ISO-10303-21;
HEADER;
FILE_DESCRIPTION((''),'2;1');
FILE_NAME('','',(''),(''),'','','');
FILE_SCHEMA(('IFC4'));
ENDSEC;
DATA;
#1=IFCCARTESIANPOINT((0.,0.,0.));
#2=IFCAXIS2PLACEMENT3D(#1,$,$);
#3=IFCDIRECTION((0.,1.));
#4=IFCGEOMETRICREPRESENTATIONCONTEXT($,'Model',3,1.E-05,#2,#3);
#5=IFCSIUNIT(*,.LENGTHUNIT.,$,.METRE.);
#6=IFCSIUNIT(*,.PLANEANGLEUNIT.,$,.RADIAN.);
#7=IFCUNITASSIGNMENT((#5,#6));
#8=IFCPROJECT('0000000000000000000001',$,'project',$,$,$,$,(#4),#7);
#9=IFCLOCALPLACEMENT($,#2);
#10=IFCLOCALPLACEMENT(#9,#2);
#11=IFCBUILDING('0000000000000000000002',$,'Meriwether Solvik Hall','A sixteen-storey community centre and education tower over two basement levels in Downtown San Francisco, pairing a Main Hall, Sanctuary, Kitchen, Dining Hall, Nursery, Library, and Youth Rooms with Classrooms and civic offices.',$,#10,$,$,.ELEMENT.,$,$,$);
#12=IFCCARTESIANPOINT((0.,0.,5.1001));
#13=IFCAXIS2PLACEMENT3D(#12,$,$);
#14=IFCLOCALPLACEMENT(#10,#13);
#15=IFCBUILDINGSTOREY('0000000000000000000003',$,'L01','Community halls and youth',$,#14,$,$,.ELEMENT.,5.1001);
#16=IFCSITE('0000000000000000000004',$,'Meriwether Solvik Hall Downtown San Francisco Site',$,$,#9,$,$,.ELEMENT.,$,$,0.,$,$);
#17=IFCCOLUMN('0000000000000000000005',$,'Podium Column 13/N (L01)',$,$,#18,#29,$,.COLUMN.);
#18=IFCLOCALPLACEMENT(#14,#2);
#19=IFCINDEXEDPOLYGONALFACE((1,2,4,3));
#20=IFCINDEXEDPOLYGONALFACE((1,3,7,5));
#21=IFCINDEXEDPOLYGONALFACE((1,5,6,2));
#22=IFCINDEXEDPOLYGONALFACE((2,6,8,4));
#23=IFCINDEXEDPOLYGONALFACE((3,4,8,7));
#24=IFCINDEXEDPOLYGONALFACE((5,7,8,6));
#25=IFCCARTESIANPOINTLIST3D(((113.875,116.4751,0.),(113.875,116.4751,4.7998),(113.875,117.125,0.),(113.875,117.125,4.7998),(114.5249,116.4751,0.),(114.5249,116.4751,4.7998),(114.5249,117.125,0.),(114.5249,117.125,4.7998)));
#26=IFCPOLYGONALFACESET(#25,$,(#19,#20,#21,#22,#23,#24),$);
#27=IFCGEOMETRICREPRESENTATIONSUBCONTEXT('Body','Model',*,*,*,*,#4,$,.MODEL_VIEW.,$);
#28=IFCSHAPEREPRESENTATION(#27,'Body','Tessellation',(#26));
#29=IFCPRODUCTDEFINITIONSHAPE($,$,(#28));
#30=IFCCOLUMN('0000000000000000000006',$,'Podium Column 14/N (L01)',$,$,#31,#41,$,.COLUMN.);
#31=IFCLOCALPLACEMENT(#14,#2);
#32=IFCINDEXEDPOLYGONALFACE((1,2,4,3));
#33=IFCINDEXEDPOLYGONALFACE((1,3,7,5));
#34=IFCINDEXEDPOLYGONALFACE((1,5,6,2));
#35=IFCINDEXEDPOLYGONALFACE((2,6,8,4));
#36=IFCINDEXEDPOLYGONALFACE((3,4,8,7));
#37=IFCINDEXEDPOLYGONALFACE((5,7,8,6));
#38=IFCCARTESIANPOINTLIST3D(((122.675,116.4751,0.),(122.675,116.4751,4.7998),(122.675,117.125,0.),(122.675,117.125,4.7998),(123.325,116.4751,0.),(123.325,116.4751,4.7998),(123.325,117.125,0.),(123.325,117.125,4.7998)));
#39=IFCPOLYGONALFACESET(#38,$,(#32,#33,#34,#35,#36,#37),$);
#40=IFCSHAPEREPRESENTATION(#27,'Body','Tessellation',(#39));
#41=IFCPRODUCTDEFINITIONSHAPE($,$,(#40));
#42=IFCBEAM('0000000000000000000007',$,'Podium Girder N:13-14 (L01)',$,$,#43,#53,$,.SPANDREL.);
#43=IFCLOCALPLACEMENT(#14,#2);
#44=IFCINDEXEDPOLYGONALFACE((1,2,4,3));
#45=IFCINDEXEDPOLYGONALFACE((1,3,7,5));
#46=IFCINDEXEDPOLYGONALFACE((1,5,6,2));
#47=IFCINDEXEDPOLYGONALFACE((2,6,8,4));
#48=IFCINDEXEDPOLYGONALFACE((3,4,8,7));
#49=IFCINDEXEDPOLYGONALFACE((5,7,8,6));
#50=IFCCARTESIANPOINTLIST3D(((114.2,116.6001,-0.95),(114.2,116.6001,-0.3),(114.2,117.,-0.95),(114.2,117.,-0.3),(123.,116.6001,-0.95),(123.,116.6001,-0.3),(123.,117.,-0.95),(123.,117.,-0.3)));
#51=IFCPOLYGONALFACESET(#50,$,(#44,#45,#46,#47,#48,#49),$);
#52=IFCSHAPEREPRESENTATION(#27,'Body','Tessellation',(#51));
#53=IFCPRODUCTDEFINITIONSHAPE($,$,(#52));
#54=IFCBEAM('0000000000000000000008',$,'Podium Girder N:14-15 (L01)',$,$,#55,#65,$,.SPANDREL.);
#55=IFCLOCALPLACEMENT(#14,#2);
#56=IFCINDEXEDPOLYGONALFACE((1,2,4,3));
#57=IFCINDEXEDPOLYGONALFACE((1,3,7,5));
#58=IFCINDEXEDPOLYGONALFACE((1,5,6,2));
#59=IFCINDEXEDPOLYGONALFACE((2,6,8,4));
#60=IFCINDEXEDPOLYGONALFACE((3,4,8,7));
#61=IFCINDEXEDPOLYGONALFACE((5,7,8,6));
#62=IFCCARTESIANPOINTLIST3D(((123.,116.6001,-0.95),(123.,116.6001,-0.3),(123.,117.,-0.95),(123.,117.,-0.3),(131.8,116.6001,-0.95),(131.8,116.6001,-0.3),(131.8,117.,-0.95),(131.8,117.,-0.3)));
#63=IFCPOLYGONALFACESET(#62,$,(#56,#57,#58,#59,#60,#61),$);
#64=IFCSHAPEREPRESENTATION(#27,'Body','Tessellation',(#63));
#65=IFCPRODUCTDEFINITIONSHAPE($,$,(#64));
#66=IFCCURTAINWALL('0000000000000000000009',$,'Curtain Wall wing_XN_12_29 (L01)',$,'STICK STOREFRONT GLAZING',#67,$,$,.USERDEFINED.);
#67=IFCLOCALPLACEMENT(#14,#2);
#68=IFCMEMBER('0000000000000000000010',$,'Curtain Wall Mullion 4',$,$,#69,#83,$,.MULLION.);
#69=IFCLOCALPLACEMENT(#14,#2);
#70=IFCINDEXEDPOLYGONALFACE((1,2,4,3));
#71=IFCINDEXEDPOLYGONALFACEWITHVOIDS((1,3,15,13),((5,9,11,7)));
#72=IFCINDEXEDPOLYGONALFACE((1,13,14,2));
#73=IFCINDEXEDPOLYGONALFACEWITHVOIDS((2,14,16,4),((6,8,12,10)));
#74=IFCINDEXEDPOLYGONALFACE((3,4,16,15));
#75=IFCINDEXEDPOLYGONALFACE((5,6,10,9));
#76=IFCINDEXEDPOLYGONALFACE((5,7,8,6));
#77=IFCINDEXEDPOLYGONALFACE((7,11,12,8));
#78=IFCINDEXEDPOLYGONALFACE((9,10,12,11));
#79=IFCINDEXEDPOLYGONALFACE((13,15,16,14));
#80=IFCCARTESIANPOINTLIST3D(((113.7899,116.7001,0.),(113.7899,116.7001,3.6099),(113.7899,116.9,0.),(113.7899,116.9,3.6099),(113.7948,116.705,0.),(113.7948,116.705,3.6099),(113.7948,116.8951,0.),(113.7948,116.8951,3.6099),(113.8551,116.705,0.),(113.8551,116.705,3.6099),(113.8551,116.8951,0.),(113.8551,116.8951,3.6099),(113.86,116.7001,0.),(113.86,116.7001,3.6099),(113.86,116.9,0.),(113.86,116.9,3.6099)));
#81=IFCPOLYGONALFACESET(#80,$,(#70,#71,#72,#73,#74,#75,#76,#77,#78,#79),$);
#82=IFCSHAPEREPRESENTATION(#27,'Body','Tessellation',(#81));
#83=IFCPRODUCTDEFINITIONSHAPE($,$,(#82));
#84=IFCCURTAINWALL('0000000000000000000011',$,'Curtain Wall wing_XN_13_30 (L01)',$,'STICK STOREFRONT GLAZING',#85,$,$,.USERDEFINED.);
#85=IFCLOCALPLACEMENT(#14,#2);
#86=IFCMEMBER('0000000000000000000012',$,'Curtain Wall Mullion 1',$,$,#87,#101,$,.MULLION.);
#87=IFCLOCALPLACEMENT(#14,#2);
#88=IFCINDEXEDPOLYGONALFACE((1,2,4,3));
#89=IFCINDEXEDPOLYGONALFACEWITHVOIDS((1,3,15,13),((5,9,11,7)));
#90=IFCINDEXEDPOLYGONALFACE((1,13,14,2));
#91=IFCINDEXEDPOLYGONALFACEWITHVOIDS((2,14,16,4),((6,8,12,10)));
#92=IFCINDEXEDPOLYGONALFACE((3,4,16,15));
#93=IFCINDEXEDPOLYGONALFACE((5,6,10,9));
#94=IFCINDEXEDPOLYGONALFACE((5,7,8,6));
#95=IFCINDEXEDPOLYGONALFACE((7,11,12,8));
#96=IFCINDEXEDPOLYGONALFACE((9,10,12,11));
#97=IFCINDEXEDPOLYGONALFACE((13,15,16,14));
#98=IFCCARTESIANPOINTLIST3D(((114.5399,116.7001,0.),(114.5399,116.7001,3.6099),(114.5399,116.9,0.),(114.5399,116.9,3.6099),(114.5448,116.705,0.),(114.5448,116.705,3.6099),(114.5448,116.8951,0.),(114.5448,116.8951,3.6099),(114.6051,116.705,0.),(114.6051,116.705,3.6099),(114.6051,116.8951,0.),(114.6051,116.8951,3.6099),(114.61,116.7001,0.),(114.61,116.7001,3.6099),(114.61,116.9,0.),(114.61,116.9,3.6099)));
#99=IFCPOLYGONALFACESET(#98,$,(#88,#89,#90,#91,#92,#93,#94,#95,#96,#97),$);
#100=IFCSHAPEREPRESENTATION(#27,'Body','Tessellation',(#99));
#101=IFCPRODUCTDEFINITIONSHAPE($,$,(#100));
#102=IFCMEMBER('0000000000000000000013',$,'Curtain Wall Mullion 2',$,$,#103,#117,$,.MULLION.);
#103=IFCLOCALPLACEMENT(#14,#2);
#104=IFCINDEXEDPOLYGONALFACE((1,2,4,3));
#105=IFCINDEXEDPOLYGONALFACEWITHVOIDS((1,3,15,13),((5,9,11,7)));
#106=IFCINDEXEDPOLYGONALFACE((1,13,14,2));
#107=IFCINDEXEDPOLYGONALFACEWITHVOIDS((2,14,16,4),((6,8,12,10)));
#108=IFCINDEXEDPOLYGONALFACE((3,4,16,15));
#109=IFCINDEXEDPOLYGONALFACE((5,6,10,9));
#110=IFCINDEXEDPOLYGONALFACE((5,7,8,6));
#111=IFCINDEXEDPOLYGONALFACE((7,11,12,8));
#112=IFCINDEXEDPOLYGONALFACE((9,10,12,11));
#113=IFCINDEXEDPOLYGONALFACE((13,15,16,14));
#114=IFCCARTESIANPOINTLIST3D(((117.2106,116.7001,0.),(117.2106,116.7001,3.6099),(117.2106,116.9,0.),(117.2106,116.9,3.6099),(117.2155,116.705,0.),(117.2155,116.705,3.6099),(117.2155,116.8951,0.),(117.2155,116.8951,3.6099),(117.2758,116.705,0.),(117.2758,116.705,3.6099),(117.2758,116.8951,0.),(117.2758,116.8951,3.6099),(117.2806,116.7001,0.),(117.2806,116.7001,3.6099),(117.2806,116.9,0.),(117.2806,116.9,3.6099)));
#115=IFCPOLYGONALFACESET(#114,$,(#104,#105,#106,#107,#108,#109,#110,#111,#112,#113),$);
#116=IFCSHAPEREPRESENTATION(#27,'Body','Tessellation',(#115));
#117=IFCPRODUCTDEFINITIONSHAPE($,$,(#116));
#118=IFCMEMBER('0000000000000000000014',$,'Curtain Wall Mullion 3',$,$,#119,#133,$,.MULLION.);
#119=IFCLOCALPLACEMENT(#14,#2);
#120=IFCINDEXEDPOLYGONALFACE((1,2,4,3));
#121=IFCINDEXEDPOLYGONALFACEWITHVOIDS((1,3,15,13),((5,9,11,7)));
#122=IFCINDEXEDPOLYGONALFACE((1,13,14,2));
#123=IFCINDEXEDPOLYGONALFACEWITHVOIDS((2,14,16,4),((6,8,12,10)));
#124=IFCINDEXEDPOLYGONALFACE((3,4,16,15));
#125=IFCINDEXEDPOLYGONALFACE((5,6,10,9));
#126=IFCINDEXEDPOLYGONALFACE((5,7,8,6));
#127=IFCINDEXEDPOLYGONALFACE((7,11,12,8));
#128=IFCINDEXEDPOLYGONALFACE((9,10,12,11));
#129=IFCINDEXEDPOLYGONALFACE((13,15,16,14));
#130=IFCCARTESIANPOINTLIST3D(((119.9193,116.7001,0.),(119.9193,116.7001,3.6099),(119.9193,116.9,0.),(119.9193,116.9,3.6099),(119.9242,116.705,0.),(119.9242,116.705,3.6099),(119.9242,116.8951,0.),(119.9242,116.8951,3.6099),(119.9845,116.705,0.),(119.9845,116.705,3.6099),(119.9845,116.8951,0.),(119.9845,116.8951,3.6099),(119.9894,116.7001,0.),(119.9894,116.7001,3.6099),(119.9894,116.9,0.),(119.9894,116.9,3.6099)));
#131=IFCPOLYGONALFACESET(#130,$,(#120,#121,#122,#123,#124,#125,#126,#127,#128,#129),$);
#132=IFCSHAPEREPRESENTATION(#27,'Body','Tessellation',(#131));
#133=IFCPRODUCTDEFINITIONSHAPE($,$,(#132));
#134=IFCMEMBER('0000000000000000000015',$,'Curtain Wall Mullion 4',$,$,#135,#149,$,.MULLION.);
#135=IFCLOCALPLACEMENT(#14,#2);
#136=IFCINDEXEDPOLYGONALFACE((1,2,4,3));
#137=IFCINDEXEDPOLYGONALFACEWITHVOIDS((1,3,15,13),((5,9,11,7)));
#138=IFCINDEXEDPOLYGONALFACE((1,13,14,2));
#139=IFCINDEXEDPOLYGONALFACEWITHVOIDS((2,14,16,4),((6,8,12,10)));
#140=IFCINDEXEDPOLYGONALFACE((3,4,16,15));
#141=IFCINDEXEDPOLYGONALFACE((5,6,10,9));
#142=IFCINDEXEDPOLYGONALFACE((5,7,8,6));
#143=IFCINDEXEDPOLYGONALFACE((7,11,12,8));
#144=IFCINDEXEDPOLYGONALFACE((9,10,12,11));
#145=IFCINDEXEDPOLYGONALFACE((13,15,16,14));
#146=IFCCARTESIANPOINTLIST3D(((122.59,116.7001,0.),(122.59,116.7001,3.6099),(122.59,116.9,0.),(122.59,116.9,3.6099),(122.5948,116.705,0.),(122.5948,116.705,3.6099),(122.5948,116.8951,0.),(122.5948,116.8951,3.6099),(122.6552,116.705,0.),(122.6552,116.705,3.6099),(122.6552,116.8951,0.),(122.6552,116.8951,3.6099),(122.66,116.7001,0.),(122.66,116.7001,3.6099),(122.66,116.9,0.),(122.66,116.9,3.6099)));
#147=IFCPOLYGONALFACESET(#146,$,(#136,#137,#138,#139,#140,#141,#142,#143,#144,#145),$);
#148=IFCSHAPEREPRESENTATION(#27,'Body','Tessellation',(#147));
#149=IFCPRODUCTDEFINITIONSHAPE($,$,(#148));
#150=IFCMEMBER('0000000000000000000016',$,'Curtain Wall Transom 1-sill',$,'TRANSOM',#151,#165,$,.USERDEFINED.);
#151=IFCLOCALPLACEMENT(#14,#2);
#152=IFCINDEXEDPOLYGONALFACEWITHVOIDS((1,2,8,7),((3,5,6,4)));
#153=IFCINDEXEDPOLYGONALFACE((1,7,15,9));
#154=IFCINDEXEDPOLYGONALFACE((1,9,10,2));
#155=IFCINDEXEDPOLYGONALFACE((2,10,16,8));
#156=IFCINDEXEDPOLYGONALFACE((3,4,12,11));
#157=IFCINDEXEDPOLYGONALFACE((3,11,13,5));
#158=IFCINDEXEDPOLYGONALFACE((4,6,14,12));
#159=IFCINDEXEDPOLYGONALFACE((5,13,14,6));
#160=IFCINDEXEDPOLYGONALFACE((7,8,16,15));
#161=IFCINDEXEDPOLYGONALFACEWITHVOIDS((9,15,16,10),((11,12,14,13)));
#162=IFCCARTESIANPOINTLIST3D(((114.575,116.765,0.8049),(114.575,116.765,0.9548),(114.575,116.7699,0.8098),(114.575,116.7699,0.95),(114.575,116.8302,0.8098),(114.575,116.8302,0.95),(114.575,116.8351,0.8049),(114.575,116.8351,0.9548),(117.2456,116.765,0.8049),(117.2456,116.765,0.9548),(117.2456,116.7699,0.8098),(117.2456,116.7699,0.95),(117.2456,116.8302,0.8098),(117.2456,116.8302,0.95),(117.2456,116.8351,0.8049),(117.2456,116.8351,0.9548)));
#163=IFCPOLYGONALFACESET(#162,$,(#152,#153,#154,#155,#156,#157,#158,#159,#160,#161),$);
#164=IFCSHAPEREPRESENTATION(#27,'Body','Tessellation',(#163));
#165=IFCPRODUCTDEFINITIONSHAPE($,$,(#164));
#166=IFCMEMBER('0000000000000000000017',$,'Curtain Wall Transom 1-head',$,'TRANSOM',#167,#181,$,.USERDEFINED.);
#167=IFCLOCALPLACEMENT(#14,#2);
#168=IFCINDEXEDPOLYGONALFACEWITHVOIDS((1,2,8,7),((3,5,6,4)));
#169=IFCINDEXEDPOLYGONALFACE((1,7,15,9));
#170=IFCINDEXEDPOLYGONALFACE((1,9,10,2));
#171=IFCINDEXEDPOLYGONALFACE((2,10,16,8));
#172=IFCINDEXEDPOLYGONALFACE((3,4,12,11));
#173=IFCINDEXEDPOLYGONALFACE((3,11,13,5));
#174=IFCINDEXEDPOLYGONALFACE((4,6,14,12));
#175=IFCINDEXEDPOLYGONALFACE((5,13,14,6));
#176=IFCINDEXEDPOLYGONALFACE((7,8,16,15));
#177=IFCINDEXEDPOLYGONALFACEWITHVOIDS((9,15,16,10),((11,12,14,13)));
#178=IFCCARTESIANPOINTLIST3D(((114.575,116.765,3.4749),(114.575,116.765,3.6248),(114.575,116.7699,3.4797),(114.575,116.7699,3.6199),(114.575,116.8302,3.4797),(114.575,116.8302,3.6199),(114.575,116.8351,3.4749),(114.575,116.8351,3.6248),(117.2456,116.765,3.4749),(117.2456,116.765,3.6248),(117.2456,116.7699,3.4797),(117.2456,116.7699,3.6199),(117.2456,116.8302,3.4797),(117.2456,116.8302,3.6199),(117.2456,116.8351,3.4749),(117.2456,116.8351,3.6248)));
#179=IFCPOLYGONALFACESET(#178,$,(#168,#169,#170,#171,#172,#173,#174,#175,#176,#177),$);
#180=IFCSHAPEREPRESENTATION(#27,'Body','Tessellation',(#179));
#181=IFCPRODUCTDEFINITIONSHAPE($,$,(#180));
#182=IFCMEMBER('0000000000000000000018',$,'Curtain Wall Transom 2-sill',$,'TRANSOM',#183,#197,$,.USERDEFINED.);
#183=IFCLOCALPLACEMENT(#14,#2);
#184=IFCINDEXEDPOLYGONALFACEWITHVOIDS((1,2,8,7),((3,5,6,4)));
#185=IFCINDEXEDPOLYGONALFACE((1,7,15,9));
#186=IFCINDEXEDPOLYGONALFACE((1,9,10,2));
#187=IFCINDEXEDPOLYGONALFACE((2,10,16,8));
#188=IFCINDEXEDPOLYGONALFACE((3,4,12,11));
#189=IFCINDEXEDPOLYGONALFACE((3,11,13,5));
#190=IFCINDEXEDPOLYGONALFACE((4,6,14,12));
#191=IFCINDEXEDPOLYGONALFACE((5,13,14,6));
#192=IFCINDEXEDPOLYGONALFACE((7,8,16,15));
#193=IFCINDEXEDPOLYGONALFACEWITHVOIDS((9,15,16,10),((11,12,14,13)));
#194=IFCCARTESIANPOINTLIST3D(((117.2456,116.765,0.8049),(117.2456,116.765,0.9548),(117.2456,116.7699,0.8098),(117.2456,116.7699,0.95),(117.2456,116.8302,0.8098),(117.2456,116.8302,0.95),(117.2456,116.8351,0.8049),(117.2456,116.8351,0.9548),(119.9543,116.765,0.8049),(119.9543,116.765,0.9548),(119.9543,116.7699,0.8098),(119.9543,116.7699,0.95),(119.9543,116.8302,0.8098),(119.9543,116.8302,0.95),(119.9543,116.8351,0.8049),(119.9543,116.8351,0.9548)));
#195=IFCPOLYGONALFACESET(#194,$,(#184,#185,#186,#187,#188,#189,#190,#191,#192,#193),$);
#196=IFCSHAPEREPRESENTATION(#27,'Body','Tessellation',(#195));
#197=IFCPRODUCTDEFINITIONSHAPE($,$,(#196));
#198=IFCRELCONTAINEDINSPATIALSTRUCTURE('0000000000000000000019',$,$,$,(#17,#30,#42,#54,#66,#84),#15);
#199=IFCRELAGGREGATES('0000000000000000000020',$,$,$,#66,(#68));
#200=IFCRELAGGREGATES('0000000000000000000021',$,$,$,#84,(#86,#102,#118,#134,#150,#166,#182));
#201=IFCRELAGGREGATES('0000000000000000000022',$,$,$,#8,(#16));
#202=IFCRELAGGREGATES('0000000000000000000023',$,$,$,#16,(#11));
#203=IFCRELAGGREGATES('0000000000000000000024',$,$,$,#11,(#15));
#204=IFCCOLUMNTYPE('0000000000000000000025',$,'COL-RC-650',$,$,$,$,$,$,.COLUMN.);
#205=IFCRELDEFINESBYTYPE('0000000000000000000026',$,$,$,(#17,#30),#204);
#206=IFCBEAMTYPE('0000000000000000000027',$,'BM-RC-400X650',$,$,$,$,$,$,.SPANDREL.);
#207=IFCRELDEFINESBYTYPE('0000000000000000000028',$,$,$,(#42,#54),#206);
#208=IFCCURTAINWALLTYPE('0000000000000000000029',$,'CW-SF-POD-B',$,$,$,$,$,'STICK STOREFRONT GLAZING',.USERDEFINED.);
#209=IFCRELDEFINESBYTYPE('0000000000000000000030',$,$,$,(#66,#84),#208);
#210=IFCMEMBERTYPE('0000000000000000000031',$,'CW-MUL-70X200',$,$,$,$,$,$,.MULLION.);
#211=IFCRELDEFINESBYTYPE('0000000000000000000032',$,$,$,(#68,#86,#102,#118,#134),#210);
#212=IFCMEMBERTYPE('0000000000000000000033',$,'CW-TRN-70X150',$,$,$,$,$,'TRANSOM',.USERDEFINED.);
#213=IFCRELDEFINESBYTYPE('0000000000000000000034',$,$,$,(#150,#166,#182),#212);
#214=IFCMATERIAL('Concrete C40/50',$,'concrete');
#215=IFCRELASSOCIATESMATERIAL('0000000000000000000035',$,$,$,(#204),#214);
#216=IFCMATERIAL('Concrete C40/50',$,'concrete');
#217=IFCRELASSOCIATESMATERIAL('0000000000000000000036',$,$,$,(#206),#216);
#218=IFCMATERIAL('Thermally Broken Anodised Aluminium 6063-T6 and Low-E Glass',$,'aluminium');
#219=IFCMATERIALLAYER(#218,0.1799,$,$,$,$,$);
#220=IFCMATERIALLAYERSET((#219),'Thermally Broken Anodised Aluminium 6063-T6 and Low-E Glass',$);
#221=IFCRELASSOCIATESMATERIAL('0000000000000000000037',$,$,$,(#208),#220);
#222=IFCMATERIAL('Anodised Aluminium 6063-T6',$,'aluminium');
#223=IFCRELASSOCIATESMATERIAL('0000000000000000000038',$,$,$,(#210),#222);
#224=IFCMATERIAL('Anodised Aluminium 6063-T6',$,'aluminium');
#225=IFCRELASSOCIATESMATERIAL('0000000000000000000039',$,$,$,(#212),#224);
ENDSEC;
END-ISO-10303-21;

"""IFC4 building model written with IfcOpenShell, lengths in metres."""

from ifc_helpers import new_model, si_unit, direction, frame, origin, origin_2d, place, context, subcontext, project, spatial, rectangle, hollow_rectangle, extrude, material, layer, layer_set, material_profile, profile_set, type_object, element, aggregate, save


model = new_model("IFC4")

# Units and contexts
model_context = context("Model", 3, precision=1e-05, world=origin(), true_north=direction((0.0, 1.0)))
body_context = subcontext(model_context, "Body", "Model", "MODEL_VIEW")
ifc_project = project(units=[si_unit("LENGTHUNIT", "METRE"), si_unit("PLANEANGLEUNIT", "RADIAN")], contexts=[model_context])

# Site, building, storey
site_placement = place(None, origin())
site = spatial("IfcSite", under=ifc_project, at=site_placement, Name="Meriwether Solvik Hall Downtown San Francisco Site", CompositionType="ELEMENT", RefElevation=0.0)
building_placement = place(site_placement, origin())
building = spatial("IfcBuilding", under=site, at=building_placement, Name="Meriwether Solvik Hall", Description="A sixteen-storey community centre and education tower over two basement levels in Downtown San Francisco, pairing a Main Hall, Sanctuary, Kitchen, Dining Hall, Nursery, Library, and Youth Rooms with Classrooms and civic offices.", CompositionType="ELEMENT")
storey_placement = place(building_placement, frame((0.0, 0.0, 5.1001)))
storey = spatial("IfcBuildingStorey", under=building, at=storey_placement, Name="L01", Description="Community halls and youth", CompositionType="ELEMENT", Elevation=5.1001)

# Columns
ifc_material_1 = material(Name="Concrete C40/50", Category="concrete")
ifc_material_profile_1 = material_profile(ifc_material_1, rectangle(XDim=0.6499, YDim=0.6499, at=origin_2d()), Name="RCC-650X650")
ifc_profile_set_1 = profile_set([ifc_material_profile_1], Name="Concrete C40/50")
column_type = type_object("IfcColumnType", Name="COL-RC-650", PredefinedType="COLUMN", material=ifc_profile_set_1)
for number, where, z_axis, x_axis, name in (
    (1, (114.2, 116.8, 0.0), (0.0, 0.0, 1.0), (1.0, 0.0, 0.0), "Podium Column 13/N (L01)"),
    (2, (123.0, 116.8, 0.0), (0.0, 0.0, 1.0), (1.0, 0.0, 0.0), "Podium Column 14/N (L01)"),
):
    element("IfcColumn", number, at=place(storey_placement, frame(where, z_axis=z_axis, x_axis=x_axis)), inside=storey, type_object=column_type, Name=name, PredefinedType="COLUMN", context=body_context, shape_type="SweptSolid", body=[
        extrude(rectangle(XDim=0.6499, YDim=0.6499, at=origin_2d()), origin(), (0.0, 0.0, 1.0), 4.7998),
    ])

# Beams
ifc_material_2 = material(Name="Concrete C40/50", Category="concrete")
ifc_material_profile_2 = material_profile(ifc_material_2, rectangle(XDim=0.3999, YDim=0.6499, at=origin_2d()), Name="RCB-400X650")
ifc_profile_set_2 = profile_set([ifc_material_profile_2], Name="Concrete C40/50")
beam_type = type_object("IfcBeamType", Name="BM-RC-400X650", PredefinedType="SPANDREL", material=ifc_profile_set_2)
for number, where, z_axis, x_axis, name in (
    (3, (114.2, 116.8, -0.625), (1.0, 0.0, 0.0), (0.0, 1.0, 0.0), "Podium Girder N:13-14 (L01)"),
    (4, (123.0, 116.8, -0.625), (1.0, 0.0, 0.0), (0.0, 1.0, 0.0), "Podium Girder N:14-15 (L01)"),
):
    element("IfcBeam", number, at=place(storey_placement, frame(where, z_axis=z_axis, x_axis=x_axis)), inside=storey, type_object=beam_type, Name=name, PredefinedType="SPANDREL", context=body_context, shape_type="SweptSolid", body=[
        extrude(rectangle(XDim=0.3999, YDim=0.6499, at=origin_2d()), origin(), (0.0, 0.0, 1.0), 8.8),
    ])

# Curtain wall, member
ifc_material_3 = material(Name="Thermally Broken Anodised Aluminium 6063-T6 and Low-E Glass", Category="aluminium")
ifc_layer_1 = layer(ifc_material_3, 0.1799)
ifc_layer_set_1 = layer_set([ifc_layer_1], Name="Thermally Broken Anodised Aluminium 6063-T6 and Low-E Glass")
curtain_wall_type = type_object("IfcCurtainWallType", Name="CW-SF-POD-B", ElementType="STICK STOREFRONT GLAZING", PredefinedType="USERDEFINED", material=ifc_layer_set_1)
curtain_wall_1_placement = place(storey_placement, origin())
curtain_wall_1 = element("IfcCurtainWall", 5, at=curtain_wall_1_placement, inside=storey, type_object=curtain_wall_type, Name="Curtain Wall wing_XN_12_29 (L01)", ObjectType="STICK STOREFRONT GLAZING", PredefinedType="USERDEFINED")
ifc_material_4 = material(Name="Anodised Aluminium 6063-T6", Category="aluminium")
ifc_material_profile_3 = material_profile(ifc_material_4, hollow_rectangle(XDim=0.0701, YDim=0.2, WallThickness=0.0049, at=origin_2d()), Name="CWM-70X200")
ifc_profile_set_3 = profile_set([ifc_material_profile_3], Name="Anodised Aluminium 6063-T6")
member_type_1 = type_object("IfcMemberType", Name="CW-MUL-70X200", PredefinedType="MULLION", material=ifc_profile_set_3)
member_1_placement = place(storey_placement, frame((113.825, 116.8, 0.0), z_axis=(0.0, 0.0, 1.0), x_axis=(1.0, 0.0, 0.0)))
member_1 = element("IfcMember", 6, at=member_1_placement, type_object=member_type_1, Name="Curtain Wall Mullion 4", PredefinedType="MULLION", context=body_context, shape_type="SweptSolid", body=[
    extrude(hollow_rectangle(XDim=0.0701, YDim=0.2, WallThickness=0.0049, at=origin_2d()), origin(), (0.0, 0.0, 1.0), 3.6099),
])

# Curtain wall, members
curtain_wall_2_placement = place(storey_placement, origin())
curtain_wall_2 = element("IfcCurtainWall", 7, at=curtain_wall_2_placement, inside=storey, type_object=curtain_wall_type, Name="Curtain Wall wing_XN_13_30 (L01)", ObjectType="STICK STOREFRONT GLAZING", PredefinedType="USERDEFINED")
member_2_placement = place(storey_placement, frame((114.575, 116.8, 0.0), z_axis=(0.0, 0.0, 1.0), x_axis=(1.0, 0.0, 0.0)))
member_2 = element("IfcMember", 8, at=member_2_placement, type_object=member_type_1, Name="Curtain Wall Mullion 1", PredefinedType="MULLION", context=body_context, shape_type="SweptSolid", body=[
    extrude(hollow_rectangle(XDim=0.0701, YDim=0.2, WallThickness=0.0049, at=origin_2d()), origin(), (0.0, 0.0, 1.0), 3.6099),
])
member_3_placement = place(storey_placement, frame((117.2456, 116.8, 0.0), z_axis=(0.0, 0.0, 1.0), x_axis=(1.0, 0.0, 0.0)))
member_3 = element("IfcMember", 9, at=member_3_placement, type_object=member_type_1, Name="Curtain Wall Mullion 2", PredefinedType="MULLION", context=body_context, shape_type="SweptSolid", body=[
    extrude(hollow_rectangle(XDim=0.0701, YDim=0.2, WallThickness=0.0049, at=origin_2d()), origin(), (0.0, 0.0, 1.0), 3.6099),
])
member_4_placement = place(storey_placement, frame((119.9543, 116.8, 0.0), z_axis=(0.0, 0.0, 1.0), x_axis=(1.0, 0.0, 0.0)))
member_4 = element("IfcMember", 10, at=member_4_placement, type_object=member_type_1, Name="Curtain Wall Mullion 3", PredefinedType="MULLION", context=body_context, shape_type="SweptSolid", body=[
    extrude(hollow_rectangle(XDim=0.0701, YDim=0.2, WallThickness=0.0049, at=origin_2d()), origin(), (0.0, 0.0, 1.0), 3.6099),
])
member_5_placement = place(storey_placement, frame((122.625, 116.8, 0.0), z_axis=(0.0, 0.0, 1.0), x_axis=(1.0, 0.0, 0.0)))
member_5 = element("IfcMember", 11, at=member_5_placement, type_object=member_type_1, Name="Curtain Wall Mullion 4", PredefinedType="MULLION", context=body_context, shape_type="SweptSolid", body=[
    extrude(hollow_rectangle(XDim=0.0701, YDim=0.2, WallThickness=0.0049, at=origin_2d()), origin(), (0.0, 0.0, 1.0), 3.6099),
])
ifc_material_5 = material(Name="Anodised Aluminium 6063-T6", Category="aluminium")
ifc_material_profile_4 = material_profile(ifc_material_5, hollow_rectangle(XDim=0.0701, YDim=0.1499, WallThickness=0.0049, at=origin_2d()), Name="CWT-70X150")
ifc_profile_set_4 = profile_set([ifc_material_profile_4], Name="Anodised Aluminium 6063-T6")
member_type_2 = type_object("IfcMemberType", Name="CW-TRN-70X150", ElementType="TRANSOM", PredefinedType="USERDEFINED", material=ifc_profile_set_4)
member_6_placement = place(storey_placement, frame((114.575, 116.8, 0.8799), z_axis=(1.0, 0.0, 0.0), x_axis=(0.0, 1.0, 0.0)))
member_6 = element("IfcMember", 12, at=member_6_placement, type_object=member_type_2, Name="Curtain Wall Transom 1-sill", ObjectType="TRANSOM", PredefinedType="USERDEFINED", context=body_context, shape_type="SweptSolid", body=[
    extrude(hollow_rectangle(XDim=0.0701, YDim=0.1499, WallThickness=0.0049, at=origin_2d()), origin(), (0.0, 0.0, 1.0), 2.6707),
])
member_7_placement = place(storey_placement, frame((114.575, 116.8, 3.5498), z_axis=(1.0, 0.0, 0.0), x_axis=(0.0, 1.0, 0.0)))
member_7 = element("IfcMember", 13, at=member_7_placement, type_object=member_type_2, Name="Curtain Wall Transom 1-head", ObjectType="TRANSOM", PredefinedType="USERDEFINED", context=body_context, shape_type="SweptSolid", body=[
    extrude(hollow_rectangle(XDim=0.0701, YDim=0.1499, WallThickness=0.0049, at=origin_2d()), origin(), (0.0, 0.0, 1.0), 2.6707),
])
member_8_placement = place(storey_placement, frame((117.2456, 116.8, 0.8799), z_axis=(1.0, 0.0, 0.0), x_axis=(0.0, 1.0, 0.0)))
member_8 = element("IfcMember", 14, at=member_8_placement, type_object=member_type_2, Name="Curtain Wall Transom 2-sill", ObjectType="TRANSOM", PredefinedType="USERDEFINED", context=body_context, shape_type="SweptSolid", body=[
    extrude(hollow_rectangle(XDim=0.0701, YDim=0.1499, WallThickness=0.0049, at=origin_2d()), origin(), (0.0, 0.0, 1.0), 2.7087),
])

aggregate(curtain_wall_1, [member_1])
aggregate(curtain_wall_2, [member_2, member_3, member_4, member_5, member_6, member_7, member_8])

save(model, "model.ifc")
